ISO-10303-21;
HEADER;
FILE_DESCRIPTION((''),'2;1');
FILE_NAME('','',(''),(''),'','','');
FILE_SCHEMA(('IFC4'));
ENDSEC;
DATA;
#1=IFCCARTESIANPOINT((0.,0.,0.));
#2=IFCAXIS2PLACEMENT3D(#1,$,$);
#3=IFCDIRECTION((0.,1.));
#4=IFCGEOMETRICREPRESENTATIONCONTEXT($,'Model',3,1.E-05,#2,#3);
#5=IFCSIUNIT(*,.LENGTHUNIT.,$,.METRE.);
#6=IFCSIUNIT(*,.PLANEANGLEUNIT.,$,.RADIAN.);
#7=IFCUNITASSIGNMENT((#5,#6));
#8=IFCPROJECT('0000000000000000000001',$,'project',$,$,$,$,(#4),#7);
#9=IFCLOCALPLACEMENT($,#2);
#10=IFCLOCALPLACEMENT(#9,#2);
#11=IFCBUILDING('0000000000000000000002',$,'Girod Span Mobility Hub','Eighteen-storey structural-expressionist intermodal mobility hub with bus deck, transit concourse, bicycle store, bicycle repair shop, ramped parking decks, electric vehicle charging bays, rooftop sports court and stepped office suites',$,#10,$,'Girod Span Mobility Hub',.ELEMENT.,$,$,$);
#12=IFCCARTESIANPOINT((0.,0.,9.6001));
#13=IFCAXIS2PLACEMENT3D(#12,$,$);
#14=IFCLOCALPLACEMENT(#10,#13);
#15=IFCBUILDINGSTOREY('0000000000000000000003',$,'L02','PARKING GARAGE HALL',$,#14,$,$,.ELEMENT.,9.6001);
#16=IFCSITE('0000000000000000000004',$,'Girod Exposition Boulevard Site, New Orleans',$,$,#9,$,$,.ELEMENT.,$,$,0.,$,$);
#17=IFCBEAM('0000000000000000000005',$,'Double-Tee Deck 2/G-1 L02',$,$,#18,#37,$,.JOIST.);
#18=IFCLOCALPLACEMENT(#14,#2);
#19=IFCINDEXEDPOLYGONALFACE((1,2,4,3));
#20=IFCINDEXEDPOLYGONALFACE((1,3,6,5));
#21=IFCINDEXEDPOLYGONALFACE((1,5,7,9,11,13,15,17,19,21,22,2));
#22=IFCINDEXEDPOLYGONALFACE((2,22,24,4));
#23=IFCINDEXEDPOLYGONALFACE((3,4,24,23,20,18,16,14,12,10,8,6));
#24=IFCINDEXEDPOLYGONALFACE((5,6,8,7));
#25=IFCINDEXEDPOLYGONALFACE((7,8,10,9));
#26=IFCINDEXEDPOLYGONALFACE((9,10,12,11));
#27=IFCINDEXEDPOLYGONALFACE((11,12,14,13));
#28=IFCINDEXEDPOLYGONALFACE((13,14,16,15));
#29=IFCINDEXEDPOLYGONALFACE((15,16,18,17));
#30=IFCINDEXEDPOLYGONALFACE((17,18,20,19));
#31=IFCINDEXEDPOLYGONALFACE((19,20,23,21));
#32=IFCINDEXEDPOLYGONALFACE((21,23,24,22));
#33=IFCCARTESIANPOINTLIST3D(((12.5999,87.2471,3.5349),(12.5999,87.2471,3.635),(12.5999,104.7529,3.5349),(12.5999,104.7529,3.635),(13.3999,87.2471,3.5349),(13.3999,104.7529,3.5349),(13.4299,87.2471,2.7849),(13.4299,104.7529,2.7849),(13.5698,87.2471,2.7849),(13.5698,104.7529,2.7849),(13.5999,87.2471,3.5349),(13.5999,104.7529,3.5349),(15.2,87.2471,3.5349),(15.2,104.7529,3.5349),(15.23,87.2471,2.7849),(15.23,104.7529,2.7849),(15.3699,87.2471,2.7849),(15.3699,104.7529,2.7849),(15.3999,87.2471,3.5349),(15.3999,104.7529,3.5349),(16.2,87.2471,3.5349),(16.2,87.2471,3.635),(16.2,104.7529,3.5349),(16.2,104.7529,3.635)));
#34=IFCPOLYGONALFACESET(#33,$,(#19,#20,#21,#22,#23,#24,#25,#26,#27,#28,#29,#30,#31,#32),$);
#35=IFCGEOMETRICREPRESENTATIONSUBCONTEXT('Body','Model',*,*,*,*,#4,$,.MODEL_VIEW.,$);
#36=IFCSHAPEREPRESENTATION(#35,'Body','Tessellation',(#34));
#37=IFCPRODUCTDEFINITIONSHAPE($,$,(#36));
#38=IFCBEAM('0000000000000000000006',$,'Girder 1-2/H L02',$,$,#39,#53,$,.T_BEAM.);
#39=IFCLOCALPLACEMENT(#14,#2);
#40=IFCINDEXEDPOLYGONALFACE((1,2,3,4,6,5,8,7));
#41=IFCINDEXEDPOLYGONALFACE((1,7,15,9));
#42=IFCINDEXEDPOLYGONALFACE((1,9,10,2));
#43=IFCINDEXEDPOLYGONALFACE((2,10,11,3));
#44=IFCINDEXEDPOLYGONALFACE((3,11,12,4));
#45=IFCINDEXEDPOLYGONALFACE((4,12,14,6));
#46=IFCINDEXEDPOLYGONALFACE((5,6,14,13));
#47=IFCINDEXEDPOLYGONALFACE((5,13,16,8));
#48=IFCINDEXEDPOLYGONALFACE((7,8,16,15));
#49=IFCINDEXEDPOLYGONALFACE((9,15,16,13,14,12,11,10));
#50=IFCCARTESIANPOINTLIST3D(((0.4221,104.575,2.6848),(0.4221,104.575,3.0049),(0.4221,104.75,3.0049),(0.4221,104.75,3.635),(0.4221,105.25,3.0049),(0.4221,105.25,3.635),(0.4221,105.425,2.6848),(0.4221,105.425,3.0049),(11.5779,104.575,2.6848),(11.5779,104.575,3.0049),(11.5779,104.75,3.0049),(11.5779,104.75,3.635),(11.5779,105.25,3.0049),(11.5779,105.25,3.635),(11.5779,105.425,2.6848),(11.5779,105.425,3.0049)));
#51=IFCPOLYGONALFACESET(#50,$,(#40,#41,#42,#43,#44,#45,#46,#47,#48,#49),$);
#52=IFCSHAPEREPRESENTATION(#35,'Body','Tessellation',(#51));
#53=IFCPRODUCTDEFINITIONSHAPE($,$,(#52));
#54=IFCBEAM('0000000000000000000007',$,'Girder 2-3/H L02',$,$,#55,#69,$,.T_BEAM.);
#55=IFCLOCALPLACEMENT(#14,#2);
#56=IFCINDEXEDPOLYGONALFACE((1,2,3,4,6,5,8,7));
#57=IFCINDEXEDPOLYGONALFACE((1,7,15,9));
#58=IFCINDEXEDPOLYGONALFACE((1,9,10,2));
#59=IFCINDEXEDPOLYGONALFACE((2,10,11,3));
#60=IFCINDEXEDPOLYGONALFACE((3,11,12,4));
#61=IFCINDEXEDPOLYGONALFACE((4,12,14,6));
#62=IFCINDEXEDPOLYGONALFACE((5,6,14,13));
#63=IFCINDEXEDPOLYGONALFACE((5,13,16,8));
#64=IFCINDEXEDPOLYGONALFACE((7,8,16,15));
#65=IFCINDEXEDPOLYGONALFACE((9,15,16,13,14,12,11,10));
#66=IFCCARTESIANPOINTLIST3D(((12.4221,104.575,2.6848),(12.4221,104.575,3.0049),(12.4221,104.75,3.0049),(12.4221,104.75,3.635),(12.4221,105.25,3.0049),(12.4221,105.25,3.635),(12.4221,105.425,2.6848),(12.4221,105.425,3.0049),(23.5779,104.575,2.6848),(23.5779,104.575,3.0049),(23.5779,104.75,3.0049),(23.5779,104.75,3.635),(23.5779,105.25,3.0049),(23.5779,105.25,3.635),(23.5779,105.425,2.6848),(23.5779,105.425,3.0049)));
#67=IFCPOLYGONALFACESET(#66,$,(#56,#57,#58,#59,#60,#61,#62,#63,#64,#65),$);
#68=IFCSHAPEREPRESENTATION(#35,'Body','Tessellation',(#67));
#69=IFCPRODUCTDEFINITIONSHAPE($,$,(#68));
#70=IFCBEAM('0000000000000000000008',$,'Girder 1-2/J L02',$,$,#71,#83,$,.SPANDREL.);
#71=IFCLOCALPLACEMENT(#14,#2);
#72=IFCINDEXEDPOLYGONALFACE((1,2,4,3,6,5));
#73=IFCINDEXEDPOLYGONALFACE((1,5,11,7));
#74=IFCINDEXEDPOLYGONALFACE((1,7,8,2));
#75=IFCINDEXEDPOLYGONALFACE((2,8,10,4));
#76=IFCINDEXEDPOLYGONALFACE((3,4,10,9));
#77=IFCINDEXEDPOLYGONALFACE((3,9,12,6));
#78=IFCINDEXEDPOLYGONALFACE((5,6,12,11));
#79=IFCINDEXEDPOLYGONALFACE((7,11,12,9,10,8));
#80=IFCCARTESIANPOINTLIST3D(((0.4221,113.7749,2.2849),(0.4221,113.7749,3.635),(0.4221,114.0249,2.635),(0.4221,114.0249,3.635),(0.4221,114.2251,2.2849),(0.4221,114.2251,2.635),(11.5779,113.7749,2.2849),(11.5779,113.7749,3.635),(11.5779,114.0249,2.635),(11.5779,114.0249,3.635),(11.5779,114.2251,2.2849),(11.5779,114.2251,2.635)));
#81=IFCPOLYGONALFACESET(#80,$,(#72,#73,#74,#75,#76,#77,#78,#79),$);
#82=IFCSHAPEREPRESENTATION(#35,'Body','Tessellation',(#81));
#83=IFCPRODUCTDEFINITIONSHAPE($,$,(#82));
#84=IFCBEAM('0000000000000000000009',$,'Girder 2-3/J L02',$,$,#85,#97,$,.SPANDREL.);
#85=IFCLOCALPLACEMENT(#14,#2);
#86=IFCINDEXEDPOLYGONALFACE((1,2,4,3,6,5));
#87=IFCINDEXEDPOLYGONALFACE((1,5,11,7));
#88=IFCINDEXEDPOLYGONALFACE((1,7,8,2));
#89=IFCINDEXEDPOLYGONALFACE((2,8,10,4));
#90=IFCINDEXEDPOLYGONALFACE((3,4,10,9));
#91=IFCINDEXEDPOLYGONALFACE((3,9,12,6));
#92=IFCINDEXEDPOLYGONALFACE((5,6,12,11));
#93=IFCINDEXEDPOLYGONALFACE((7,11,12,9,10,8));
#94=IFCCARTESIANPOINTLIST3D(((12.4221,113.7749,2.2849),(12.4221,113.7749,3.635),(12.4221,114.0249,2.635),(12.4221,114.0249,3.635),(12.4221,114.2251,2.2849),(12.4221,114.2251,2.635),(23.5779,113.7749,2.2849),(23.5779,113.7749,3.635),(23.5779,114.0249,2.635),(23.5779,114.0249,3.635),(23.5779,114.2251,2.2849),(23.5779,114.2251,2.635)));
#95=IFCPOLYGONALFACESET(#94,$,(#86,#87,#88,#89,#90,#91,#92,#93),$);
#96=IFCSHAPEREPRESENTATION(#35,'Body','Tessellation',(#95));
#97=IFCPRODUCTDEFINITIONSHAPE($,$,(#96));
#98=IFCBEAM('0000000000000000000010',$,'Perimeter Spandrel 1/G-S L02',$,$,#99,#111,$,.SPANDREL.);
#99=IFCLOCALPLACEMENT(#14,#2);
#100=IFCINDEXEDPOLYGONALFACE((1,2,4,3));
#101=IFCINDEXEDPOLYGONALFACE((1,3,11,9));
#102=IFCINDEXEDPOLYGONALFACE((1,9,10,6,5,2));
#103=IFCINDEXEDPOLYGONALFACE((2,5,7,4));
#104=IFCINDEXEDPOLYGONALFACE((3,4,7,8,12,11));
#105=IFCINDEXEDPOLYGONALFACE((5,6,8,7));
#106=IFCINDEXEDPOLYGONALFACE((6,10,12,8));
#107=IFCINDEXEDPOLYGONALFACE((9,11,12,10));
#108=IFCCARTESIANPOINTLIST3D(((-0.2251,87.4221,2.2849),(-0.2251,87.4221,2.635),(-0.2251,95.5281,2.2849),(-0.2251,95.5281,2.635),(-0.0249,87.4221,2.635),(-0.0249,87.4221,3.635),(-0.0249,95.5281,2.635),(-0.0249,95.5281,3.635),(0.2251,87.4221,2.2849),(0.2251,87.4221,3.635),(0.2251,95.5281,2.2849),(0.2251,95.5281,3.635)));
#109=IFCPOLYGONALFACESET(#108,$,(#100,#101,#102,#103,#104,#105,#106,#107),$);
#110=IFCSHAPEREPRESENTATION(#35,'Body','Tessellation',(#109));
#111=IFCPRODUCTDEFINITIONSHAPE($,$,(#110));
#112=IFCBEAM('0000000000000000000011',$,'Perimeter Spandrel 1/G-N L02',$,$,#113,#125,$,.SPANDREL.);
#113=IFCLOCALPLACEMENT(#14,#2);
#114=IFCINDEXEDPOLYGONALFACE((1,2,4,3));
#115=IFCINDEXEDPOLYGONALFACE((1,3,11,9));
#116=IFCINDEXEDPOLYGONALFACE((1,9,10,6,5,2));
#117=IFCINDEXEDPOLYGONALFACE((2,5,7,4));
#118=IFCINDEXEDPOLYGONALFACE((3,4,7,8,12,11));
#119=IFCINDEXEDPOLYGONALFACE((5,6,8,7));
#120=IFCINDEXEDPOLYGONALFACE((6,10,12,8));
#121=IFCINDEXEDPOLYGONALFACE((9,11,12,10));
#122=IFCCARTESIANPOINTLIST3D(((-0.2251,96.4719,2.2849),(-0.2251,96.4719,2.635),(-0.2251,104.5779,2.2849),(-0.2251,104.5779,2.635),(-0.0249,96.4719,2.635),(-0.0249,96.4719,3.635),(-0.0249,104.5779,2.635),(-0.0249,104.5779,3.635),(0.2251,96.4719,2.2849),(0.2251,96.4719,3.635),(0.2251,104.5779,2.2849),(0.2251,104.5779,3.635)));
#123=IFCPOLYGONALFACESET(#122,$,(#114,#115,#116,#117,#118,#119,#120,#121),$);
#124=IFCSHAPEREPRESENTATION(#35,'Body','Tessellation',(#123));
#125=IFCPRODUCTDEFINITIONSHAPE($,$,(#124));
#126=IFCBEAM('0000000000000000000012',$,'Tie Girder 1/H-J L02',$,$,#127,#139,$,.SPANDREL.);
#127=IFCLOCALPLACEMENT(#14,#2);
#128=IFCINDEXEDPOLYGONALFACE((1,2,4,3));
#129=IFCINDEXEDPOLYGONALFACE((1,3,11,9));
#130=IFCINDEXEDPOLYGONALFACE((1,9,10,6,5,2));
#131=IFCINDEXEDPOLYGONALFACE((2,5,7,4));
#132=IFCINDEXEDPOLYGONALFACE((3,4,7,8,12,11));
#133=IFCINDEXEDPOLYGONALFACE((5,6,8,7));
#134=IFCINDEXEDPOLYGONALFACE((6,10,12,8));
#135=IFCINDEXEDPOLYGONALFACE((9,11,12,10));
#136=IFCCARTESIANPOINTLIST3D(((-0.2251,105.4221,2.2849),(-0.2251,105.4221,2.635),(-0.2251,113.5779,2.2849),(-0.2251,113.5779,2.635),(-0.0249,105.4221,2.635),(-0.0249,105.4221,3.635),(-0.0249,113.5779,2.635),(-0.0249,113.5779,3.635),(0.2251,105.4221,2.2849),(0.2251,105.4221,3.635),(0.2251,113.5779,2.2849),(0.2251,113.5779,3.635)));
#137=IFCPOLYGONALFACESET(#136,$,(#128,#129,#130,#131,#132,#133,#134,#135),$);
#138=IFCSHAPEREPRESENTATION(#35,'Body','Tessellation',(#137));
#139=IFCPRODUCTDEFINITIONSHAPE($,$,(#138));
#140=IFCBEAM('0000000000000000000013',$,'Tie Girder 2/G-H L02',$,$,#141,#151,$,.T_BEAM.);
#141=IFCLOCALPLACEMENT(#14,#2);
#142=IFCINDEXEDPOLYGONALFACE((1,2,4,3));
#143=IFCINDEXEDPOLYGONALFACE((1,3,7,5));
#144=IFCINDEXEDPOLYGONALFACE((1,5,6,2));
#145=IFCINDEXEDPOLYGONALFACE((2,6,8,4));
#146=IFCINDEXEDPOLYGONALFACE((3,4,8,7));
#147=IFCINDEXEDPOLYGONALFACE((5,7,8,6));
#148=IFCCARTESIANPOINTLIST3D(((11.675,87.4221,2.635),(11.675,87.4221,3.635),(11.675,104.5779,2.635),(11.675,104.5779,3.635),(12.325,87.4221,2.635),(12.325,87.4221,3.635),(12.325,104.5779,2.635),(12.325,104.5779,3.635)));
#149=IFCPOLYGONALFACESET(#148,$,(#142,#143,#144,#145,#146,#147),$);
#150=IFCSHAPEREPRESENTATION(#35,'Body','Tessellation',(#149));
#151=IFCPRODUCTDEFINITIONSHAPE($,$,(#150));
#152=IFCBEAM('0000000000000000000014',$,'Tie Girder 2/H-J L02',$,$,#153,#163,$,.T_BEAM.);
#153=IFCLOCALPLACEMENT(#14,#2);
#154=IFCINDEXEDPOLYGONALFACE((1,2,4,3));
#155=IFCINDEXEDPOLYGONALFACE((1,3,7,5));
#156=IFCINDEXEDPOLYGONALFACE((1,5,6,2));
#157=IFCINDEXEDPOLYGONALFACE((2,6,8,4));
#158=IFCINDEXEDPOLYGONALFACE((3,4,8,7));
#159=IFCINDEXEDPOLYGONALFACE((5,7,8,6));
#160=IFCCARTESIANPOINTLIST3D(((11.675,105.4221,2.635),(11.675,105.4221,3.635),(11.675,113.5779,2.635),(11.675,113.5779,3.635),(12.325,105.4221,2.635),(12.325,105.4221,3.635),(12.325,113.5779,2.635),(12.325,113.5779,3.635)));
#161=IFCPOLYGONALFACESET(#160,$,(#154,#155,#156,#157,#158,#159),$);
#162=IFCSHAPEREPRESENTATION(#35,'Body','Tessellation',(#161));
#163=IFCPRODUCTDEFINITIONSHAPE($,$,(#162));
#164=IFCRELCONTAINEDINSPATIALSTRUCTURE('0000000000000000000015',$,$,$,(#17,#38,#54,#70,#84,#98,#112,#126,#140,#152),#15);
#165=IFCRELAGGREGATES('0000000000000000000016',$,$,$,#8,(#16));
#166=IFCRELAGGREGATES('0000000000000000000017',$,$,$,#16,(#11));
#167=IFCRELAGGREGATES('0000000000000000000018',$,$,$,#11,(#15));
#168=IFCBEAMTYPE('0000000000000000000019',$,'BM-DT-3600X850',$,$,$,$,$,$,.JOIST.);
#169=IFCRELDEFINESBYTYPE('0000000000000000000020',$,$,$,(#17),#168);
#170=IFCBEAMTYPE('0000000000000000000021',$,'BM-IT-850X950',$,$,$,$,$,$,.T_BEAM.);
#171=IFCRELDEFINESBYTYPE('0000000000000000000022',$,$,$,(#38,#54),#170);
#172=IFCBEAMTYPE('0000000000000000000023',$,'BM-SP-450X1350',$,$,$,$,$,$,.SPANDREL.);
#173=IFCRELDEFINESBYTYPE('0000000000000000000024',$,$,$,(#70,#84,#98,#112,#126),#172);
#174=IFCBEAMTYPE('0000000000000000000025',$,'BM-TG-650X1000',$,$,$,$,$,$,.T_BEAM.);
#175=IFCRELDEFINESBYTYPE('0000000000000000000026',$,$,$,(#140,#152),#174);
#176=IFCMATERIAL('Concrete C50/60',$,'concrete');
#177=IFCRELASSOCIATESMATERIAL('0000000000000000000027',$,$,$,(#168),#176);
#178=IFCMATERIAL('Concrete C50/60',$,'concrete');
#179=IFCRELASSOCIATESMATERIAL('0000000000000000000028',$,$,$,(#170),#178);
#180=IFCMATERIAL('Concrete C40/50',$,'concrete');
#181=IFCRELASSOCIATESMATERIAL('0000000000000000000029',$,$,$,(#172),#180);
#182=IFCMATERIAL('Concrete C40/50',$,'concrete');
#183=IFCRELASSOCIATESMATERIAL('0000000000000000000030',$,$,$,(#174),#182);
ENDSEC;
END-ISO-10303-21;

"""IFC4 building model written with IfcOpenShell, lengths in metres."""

from ifc_helpers import new_model, si_unit, direction, frame, origin, origin_2d, place, context, subcontext, project, spatial, polyline, rectangle, outline, extrude, material, material_profile, profile_set, type_object, element, save


model = new_model("IFC4")

# Units and contexts
model_context = context("Model", 3, precision=1e-05, world=origin(), true_north=direction((0.0, 1.0)))
body_context = subcontext(model_context, "Body", "Model", "MODEL_VIEW")
ifc_project = project(units=[si_unit("LENGTHUNIT", "METRE"), si_unit("PLANEANGLEUNIT", "RADIAN")], contexts=[model_context])

# Site, building, storey
site_placement = place(None, origin())
site = spatial("IfcSite", under=ifc_project, at=site_placement, Name="Girod Exposition Boulevard Site, New Orleans", CompositionType="ELEMENT", RefElevation=0.0)
building_placement = place(site_placement, origin())
building = spatial("IfcBuilding", under=site, at=building_placement, Name="Girod Span Mobility Hub", Description="Eighteen-storey structural-expressionist intermodal mobility hub with bus deck, transit concourse, bicycle store, bicycle repair shop, ramped parking decks, electric vehicle charging bays, rooftop sports court and stepped office suites", LongName="Girod Span Mobility Hub", CompositionType="ELEMENT")
storey_placement = place(building_placement, frame((0.0, 0.0, 9.6001)))
storey = spatial("IfcBuildingStorey", under=building, at=storey_placement, Name="L02", Description="PARKING GARAGE HALL", CompositionType="ELEMENT", Elevation=9.6001)

# Beams
ifc_material_1 = material(Name="Concrete C50/60", Category="concrete")
ifc_material_profile_1 = material_profile(ifc_material_1, outline(polyline([(-1.8, 0.425), (-1.8, 0.325), (-1.0, 0.325), (-0.97, -0.425), (-0.8301, -0.425), (-0.8, 0.325), (0.8, 0.325), (0.8301, -0.425), (0.97, -0.425), (1.0, 0.325), (1.8, 0.325), (1.8, 0.425), (-1.8, 0.425)])), Name="DT-3600X850")
ifc_profile_set_1 = profile_set([ifc_material_profile_1], Name="Concrete C50/60")
beam_type_1 = type_object("IfcBeamType", Name="BM-DT-3600X850", PredefinedType="JOIST", material=ifc_profile_set_1)
for number, where, z_axis, x_axis, name in (
    (1, (14.3999, 87.2471, 3.21), (0.0, 1.0, 0.0), (-1.0, 0.0, 0.0), "Double-Tee Deck 2/G-1 L02"),
):
    element("IfcBeam", number, at=place(storey_placement, frame(where, z_axis=z_axis, x_axis=x_axis)), inside=storey, type_object=beam_type_1, Name=name, PredefinedType="JOIST", context=body_context, shape_type="SweptSolid", body=[
        extrude(outline(polyline([(-1.8, 0.425), (-1.8, 0.325), (-1.0, 0.325), (-0.97, -0.425), (-0.8301, -0.425), (-0.8, 0.325), (0.8, 0.325), (0.8301, -0.425), (0.97, -0.425), (1.0, 0.325), (1.8, 0.325), (1.8, 0.425), (-1.8, 0.425)])), origin(), (0.0, 0.0, 1.0), 17.5059),
    ])
ifc_material_2 = material(Name="Concrete C50/60", Category="concrete")
ifc_material_profile_2 = material_profile(ifc_material_2, outline(polyline([(-0.425, -0.4751), (0.425, -0.4751), (0.425, -0.155), (0.25, -0.155), (0.25, 0.4751), (-0.25, 0.4751), (-0.25, -0.155), (-0.425, -0.155), (-0.425, -0.4751)])), Name="IT-850X950")
ifc_profile_set_2 = profile_set([ifc_material_profile_2], Name="Concrete C50/60")
beam_type_2 = type_object("IfcBeamType", Name="BM-IT-850X950", PredefinedType="T_BEAM", material=ifc_profile_set_2)
for number, where, z_axis, x_axis, name in (
    (2, (0.4221, 105.0, 3.1599), (1.0, 0.0, 0.0), (0.0, 1.0, 0.0), "Girder 1-2/H L02"),
    (3, (12.4221, 105.0, 3.1599), (1.0, 0.0, 0.0), (0.0, 1.0, 0.0), "Girder 2-3/H L02"),
):
    element("IfcBeam", number, at=place(storey_placement, frame(where, z_axis=z_axis, x_axis=x_axis)), inside=storey, type_object=beam_type_2, Name=name, PredefinedType="T_BEAM", context=body_context, shape_type="SweptSolid", body=[
        extrude(outline(polyline([(-0.425, -0.4751), (0.425, -0.4751), (0.425, -0.155), (0.25, -0.155), (0.25, 0.4751), (-0.25, 0.4751), (-0.25, -0.155), (-0.425, -0.155), (-0.425, -0.4751)])), origin(), (0.0, 0.0, 1.0), 11.1558),
    ])
ifc_material_3 = material(Name="Concrete C40/50", Category="concrete")
ifc_material_profile_3 = material_profile(ifc_material_3, outline(polyline([(-0.2251, -0.675), (0.2251, -0.675), (0.2251, -0.325), (0.0249, -0.325), (0.0249, 0.675), (-0.2251, 0.675), (-0.2251, -0.675)])), Name="SP-450X1350")
ifc_profile_set_3 = profile_set([ifc_material_profile_3], Name="Concrete C40/50")
beam_type_3 = type_object("IfcBeamType", Name="BM-SP-450X1350", PredefinedType="SPANDREL", material=ifc_profile_set_3)
for number, where, z_axis, x_axis, name in (
    (4, (0.4221, 114.0, 2.96), (1.0, 0.0, 0.0), (0.0, 1.0, 0.0), "Girder 1-2/J L02"),
    (5, (12.4221, 114.0, 2.96), (1.0, 0.0, 0.0), (0.0, 1.0, 0.0), "Girder 2-3/J L02"),
):
    element("IfcBeam", number, at=place(storey_placement, frame(where, z_axis=z_axis, x_axis=x_axis)), inside=storey, type_object=beam_type_3, Name=name, PredefinedType="SPANDREL", context=body_context, shape_type="SweptSolid", body=[
        extrude(outline(polyline([(-0.2251, -0.675), (0.2251, -0.675), (0.2251, -0.325), (0.0249, -0.325), (0.0249, 0.675), (-0.2251, 0.675), (-0.2251, -0.675)])), origin(), (0.0, 0.0, 1.0), 11.1558),
    ])
for number, where, z_axis, x_axis, name in (
    (6, (0.0, 87.4221, 2.96), (0.0, 1.0, 0.0), (-1.0, 0.0, 0.0), "Perimeter Spandrel 1/G-S L02"),
    (7, (0.0, 96.4719, 2.96), (0.0, 1.0, 0.0), (-1.0, 0.0, 0.0), "Perimeter Spandrel 1/G-N L02"),
):
    element("IfcBeam", number, at=place(storey_placement, frame(where, z_axis=z_axis, x_axis=x_axis)), inside=storey, type_object=beam_type_3, Name=name, PredefinedType="SPANDREL", context=body_context, shape_type="SweptSolid", body=[
        extrude(outline(polyline([(-0.2251, -0.675), (0.2251, -0.675), (0.2251, -0.325), (0.0249, -0.325), (0.0249, 0.675), (-0.2251, 0.675), (-0.2251, -0.675)])), origin(), (0.0, 0.0, 1.0), 8.106),
    ])
beam_1_placement = place(storey_placement, frame((0.0, 105.4221, 2.96), z_axis=(0.0, 1.0, 0.0), x_axis=(-1.0, 0.0, 0.0)))
element("IfcBeam", 8, at=beam_1_placement, inside=storey, type_object=beam_type_3, Name="Tie Girder 1/H-J L02", PredefinedType="SPANDREL", context=body_context, shape_type="SweptSolid", body=[
    extrude(outline(polyline([(-0.2251, -0.675), (0.2251, -0.675), (0.2251, -0.325), (0.0249, -0.325), (0.0249, 0.675), (-0.2251, 0.675), (-0.2251, -0.675)])), origin(), (0.0, 0.0, 1.0), 8.1558),
])
ifc_material_4 = material(Name="Concrete C40/50", Category="concrete")
ifc_material_profile_4 = material_profile(ifc_material_4, rectangle(XDim=0.6499, YDim=1.0, at=origin_2d()), Name="TG-650X1000")
ifc_profile_set_4 = profile_set([ifc_material_profile_4], Name="Concrete C40/50")
beam_type_4 = type_object("IfcBeamType", Name="BM-TG-650X1000", PredefinedType="T_BEAM", material=ifc_profile_set_4)
beam_2_placement = place(storey_placement, frame((12.0, 87.4221, 3.135), z_axis=(0.0, 1.0, 0.0), x_axis=(-1.0, 0.0, 0.0)))
element("IfcBeam", 9, at=beam_2_placement, inside=storey, type_object=beam_type_4, Name="Tie Girder 2/G-H L02", PredefinedType="T_BEAM", context=body_context, shape_type="SweptSolid", body=[
    extrude(rectangle(XDim=0.6499, YDim=1.0, at=origin_2d()), origin(), (0.0, 0.0, 1.0), 17.1558),
])
beam_3_placement = place(storey_placement, frame((12.0, 105.4221, 3.135), z_axis=(0.0, 1.0, 0.0), x_axis=(-1.0, 0.0, 0.0)))
element("IfcBeam", 10, at=beam_3_placement, inside=storey, type_object=beam_type_4, Name="Tie Girder 2/H-J L02", PredefinedType="T_BEAM", context=body_context, shape_type="SweptSolid", body=[
    extrude(rectangle(XDim=0.6499, YDim=1.0, at=origin_2d()), origin(), (0.0, 0.0, 1.0), 8.1558),
])

save(model, "model.ifc")
